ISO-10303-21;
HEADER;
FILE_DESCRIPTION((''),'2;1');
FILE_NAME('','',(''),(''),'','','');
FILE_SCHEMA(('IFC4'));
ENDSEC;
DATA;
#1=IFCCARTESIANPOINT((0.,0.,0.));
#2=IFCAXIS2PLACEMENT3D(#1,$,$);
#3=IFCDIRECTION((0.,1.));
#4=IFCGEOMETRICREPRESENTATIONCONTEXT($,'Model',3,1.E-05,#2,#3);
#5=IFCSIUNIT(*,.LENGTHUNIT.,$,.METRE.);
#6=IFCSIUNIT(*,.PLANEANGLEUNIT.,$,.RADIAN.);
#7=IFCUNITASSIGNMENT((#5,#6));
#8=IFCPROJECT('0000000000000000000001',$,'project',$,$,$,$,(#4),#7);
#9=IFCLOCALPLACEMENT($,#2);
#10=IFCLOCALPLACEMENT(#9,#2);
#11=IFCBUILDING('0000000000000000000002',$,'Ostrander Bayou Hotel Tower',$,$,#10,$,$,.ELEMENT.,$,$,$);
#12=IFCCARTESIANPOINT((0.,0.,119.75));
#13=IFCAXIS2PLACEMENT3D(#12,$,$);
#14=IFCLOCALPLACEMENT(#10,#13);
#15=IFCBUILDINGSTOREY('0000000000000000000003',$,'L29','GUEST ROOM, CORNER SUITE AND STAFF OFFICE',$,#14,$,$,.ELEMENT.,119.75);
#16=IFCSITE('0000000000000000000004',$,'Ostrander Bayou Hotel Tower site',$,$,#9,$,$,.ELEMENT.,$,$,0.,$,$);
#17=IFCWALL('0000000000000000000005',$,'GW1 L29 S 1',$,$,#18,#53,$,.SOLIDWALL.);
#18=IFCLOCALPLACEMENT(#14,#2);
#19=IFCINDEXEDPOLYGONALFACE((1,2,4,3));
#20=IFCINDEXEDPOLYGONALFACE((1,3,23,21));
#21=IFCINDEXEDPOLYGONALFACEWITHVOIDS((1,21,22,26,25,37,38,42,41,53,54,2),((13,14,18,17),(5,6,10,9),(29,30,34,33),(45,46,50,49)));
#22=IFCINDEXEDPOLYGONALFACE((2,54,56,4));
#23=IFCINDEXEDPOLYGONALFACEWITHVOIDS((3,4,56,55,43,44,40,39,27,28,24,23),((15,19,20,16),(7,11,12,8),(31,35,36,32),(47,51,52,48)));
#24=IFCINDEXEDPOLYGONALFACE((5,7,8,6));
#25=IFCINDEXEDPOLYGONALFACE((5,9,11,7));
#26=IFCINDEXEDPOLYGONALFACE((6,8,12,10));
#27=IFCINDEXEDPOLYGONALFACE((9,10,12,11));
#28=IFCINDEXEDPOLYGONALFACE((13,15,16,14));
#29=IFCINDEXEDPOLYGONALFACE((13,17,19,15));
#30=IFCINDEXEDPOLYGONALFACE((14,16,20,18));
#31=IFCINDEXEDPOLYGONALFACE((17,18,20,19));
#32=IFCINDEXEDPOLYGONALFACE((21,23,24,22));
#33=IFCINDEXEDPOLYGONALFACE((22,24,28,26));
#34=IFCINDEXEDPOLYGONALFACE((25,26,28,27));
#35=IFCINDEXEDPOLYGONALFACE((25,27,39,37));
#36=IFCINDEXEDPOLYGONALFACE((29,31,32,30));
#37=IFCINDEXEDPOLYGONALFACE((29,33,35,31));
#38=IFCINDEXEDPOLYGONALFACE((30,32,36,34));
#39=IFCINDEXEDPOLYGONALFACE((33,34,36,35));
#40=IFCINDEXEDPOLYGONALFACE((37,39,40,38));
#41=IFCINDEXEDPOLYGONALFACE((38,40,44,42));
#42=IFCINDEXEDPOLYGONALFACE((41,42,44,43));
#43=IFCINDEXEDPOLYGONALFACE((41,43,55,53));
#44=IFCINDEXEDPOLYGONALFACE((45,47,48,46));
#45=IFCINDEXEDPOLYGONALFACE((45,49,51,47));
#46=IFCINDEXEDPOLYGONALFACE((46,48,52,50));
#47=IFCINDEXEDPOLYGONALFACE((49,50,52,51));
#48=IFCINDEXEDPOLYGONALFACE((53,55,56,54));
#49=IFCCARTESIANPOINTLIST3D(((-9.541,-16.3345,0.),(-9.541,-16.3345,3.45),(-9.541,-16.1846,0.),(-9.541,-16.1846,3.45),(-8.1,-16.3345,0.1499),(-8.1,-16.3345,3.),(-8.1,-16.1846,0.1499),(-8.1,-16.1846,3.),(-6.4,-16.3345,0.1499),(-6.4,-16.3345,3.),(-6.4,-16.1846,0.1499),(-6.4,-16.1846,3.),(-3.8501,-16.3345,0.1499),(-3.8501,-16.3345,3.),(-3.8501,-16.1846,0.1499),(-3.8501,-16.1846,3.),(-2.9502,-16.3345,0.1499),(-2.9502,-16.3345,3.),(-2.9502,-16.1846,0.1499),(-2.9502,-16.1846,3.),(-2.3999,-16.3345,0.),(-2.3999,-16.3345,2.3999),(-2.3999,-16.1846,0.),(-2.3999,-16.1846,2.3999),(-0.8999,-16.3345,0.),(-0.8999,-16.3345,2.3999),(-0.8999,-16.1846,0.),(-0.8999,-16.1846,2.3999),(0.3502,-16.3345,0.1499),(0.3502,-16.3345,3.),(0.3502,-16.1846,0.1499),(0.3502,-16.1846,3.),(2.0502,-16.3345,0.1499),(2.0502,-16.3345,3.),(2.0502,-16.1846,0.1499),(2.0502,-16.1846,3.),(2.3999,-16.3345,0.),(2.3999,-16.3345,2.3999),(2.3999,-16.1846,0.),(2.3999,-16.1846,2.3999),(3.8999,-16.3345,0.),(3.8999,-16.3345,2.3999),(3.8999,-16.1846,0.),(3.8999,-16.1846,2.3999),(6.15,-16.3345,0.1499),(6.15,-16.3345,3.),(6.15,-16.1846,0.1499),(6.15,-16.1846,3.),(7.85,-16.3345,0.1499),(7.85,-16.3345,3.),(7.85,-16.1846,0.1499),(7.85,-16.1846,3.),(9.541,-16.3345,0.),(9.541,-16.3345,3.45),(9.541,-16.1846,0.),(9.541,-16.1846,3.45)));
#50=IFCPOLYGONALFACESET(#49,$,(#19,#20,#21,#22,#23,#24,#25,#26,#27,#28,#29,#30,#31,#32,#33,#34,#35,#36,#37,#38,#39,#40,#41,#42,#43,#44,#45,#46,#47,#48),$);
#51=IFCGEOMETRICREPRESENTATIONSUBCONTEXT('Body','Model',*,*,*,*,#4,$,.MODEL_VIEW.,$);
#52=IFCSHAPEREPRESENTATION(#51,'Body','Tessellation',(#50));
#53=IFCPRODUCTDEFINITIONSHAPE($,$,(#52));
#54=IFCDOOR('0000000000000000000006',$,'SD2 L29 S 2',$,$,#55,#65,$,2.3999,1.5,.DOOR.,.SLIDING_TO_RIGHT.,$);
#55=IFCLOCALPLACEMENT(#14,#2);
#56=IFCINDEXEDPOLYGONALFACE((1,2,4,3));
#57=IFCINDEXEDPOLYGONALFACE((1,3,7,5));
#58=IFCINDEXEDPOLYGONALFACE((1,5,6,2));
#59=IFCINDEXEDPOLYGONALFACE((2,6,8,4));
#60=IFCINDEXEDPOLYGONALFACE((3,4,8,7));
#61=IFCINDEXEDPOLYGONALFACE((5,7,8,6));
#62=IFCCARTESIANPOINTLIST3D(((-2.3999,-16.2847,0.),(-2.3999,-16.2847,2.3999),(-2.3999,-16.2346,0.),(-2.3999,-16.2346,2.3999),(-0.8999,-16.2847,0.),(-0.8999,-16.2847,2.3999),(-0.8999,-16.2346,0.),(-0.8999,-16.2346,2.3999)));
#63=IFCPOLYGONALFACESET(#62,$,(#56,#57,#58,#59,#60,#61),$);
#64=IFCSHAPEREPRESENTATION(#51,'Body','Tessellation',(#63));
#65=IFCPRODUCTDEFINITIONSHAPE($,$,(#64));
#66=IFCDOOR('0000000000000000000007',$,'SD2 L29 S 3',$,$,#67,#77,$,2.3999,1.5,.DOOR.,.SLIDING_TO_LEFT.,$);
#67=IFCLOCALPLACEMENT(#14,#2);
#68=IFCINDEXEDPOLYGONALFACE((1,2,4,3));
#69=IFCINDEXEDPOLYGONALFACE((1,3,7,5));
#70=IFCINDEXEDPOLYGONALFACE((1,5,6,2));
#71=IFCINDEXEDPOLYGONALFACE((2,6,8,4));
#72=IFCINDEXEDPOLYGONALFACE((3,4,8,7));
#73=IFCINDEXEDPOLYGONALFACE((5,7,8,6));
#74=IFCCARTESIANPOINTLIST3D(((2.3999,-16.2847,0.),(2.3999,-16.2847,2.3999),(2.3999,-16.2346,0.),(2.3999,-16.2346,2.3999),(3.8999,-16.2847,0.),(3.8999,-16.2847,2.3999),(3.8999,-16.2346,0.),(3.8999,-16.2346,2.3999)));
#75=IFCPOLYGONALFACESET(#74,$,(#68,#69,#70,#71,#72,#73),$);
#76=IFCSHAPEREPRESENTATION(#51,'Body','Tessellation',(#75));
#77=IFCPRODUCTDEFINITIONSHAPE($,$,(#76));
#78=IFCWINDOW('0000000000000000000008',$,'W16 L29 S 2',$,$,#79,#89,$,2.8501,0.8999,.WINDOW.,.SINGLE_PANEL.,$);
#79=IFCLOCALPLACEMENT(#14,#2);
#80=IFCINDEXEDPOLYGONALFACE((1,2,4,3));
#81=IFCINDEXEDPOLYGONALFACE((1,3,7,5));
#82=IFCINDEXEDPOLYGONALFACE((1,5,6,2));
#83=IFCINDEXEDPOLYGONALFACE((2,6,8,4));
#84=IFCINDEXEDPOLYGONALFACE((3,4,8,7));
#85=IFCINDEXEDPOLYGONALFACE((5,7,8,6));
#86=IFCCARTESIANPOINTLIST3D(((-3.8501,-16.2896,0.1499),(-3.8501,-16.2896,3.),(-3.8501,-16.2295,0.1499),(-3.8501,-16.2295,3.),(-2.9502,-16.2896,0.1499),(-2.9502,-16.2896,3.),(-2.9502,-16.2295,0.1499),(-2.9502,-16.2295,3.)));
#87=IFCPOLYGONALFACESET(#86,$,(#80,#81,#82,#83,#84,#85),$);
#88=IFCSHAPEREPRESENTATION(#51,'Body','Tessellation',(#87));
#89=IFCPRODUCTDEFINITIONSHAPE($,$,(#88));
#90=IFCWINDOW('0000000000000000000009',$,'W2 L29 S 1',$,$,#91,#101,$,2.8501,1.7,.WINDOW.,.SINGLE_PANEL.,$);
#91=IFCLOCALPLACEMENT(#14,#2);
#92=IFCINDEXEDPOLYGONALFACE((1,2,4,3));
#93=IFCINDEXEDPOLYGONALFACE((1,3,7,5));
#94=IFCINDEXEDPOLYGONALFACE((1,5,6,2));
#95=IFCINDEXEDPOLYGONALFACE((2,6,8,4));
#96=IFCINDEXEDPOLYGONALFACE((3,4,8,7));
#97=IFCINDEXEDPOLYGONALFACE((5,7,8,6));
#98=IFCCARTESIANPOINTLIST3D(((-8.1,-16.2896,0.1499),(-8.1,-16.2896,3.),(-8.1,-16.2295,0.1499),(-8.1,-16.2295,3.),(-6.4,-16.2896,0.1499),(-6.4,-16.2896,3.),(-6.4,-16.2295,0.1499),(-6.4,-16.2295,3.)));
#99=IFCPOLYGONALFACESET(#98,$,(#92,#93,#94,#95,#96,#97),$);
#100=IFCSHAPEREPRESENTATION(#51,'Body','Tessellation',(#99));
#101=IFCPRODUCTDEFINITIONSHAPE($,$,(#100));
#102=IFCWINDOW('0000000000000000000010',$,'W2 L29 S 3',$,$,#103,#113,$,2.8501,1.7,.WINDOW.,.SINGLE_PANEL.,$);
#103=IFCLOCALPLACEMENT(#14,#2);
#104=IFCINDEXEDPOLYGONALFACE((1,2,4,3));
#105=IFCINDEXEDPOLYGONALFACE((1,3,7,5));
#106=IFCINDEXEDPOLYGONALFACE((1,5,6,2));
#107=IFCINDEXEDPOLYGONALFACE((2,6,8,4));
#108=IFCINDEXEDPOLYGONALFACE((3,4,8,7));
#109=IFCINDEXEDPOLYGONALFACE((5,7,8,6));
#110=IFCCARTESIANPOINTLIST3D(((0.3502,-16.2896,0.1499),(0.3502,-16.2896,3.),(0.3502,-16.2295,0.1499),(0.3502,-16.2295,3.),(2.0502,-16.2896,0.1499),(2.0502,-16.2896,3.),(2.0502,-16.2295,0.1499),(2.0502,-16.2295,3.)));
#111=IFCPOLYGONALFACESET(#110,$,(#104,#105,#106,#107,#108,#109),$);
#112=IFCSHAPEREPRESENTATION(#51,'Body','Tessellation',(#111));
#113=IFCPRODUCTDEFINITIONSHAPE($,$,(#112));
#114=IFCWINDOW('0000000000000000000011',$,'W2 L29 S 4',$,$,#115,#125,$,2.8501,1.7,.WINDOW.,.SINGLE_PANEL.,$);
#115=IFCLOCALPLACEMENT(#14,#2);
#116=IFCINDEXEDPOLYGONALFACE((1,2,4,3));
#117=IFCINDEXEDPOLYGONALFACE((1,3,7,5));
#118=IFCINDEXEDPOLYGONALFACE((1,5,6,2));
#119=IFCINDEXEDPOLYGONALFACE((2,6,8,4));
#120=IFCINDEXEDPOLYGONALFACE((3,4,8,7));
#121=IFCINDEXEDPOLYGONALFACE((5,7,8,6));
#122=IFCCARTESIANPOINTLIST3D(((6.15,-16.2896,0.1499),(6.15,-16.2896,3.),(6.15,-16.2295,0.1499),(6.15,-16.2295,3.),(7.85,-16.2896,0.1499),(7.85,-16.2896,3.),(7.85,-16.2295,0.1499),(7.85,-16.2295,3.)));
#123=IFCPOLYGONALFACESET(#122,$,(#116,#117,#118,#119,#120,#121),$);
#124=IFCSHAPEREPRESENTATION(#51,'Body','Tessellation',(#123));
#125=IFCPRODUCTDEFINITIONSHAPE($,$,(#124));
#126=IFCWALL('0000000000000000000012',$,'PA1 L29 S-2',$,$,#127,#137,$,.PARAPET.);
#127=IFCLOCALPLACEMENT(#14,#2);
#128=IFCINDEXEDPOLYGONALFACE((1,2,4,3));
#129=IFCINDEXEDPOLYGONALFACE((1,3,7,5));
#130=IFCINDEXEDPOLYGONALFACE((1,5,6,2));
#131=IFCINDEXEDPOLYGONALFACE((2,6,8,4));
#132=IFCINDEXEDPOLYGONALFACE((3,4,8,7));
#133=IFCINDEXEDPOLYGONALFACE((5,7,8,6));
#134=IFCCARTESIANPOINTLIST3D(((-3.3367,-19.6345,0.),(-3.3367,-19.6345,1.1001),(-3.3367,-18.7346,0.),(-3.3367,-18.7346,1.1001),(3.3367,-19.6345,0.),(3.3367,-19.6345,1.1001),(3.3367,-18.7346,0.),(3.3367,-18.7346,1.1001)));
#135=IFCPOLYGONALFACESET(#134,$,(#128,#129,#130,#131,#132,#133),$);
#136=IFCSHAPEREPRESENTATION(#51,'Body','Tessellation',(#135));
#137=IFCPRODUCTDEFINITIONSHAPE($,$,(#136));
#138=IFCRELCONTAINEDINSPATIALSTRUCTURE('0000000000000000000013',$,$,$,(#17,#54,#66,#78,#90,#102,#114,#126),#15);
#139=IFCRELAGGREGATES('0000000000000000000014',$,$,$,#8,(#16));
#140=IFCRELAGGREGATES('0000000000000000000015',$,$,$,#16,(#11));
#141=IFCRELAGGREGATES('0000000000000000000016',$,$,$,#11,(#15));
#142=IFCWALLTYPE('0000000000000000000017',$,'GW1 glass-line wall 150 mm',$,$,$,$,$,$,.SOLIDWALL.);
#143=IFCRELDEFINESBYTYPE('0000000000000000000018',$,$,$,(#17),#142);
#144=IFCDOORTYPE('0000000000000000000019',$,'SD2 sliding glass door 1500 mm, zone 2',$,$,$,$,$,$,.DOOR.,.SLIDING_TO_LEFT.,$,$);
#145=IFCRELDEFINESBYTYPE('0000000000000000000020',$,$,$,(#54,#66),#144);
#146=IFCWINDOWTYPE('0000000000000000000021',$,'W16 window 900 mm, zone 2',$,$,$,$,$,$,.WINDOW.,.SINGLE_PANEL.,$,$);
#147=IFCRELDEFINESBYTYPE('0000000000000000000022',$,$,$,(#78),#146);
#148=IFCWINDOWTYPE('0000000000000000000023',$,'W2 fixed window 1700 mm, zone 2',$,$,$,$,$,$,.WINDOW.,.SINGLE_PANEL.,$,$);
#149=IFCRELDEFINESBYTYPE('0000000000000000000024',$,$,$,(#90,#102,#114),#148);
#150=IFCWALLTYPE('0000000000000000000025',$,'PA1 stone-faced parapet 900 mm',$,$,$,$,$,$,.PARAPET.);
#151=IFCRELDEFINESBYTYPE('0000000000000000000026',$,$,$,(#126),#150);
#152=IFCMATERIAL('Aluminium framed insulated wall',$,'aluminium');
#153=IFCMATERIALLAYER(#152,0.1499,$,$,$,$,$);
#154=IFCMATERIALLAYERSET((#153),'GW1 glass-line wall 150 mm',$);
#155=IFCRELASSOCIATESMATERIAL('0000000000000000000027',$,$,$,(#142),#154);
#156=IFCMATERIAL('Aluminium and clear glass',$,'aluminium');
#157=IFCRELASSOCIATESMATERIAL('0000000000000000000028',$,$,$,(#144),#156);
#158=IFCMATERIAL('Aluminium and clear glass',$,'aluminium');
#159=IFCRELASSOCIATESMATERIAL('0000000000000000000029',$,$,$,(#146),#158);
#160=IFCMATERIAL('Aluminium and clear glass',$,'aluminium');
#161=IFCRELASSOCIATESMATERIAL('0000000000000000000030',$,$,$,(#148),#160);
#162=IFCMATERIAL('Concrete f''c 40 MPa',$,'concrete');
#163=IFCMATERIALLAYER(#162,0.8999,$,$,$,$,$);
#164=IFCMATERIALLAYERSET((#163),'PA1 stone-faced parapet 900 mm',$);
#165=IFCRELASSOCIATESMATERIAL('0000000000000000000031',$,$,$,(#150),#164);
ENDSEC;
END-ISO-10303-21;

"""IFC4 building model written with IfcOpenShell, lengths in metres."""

from ifc_helpers import new_model, si_unit, direction, frame, frame_2d, origin, place, context, subcontext, project, spatial, rectangle, extrude, material, layer, layer_set, type_object, element, fill, save


model = new_model("IFC4")

# Units and contexts
model_context = context("Model", 3, precision=1e-05, world=origin(), true_north=direction((0.0, 1.0)))
body_context = subcontext(model_context, "Body", "Model", "MODEL_VIEW")
ifc_project = project(units=[si_unit("LENGTHUNIT", "METRE"), si_unit("PLANEANGLEUNIT", "RADIAN")], contexts=[model_context])

# Site, building, storey
site_placement = place(None, origin())
site = spatial("IfcSite", under=ifc_project, at=site_placement, Name="Ostrander Bayou Hotel Tower site", CompositionType="ELEMENT", RefElevation=0.0)
building_placement = place(site_placement, origin())
building = spatial("IfcBuilding", under=site, at=building_placement, Name="Ostrander Bayou Hotel Tower", CompositionType="ELEMENT")
storey_placement = place(building_placement, frame((0.0, 0.0, 119.75)))
storey = spatial("IfcBuildingStorey", under=building, at=storey_placement, Name="L29", Description="GUEST ROOM, CORNER SUITE AND STAFF OFFICE", CompositionType="ELEMENT", Elevation=119.75)

# Wall, openings, doors, windows
ifc_material_1 = material(Name="Aluminium framed insulated wall", Category="aluminium")
ifc_layer_1 = layer(ifc_material_1, 0.1499)
ifc_layer_set_1 = layer_set([ifc_layer_1], Name="GW1 glass-line wall 150 mm")
wall_type_1 = type_object("IfcWallType", Name="GW1 glass-line wall 150 mm", PredefinedType="SOLIDWALL", material=ifc_layer_set_1)
wall_1_placement = place(storey_placement, frame((-9.541, -16.2595, 0.0), z_axis=(0.0, 0.0, 1.0), x_axis=(1.0, 0.0, 0.0)))
wall_1 = element("IfcWall", 1, at=wall_1_placement, inside=storey, type_object=wall_type_1, Name="GW1 L29 S 1", PredefinedType="SOLIDWALL", context=body_context, shape_type="SweptSolid", body=[
    extrude(rectangle(XDim=19.082, YDim=0.1499, at=frame_2d((9.541, 0.0))), origin(), (0.0, 0.0, 1.0), 3.45),
])
opening_1_placement = place(wall_1_placement, frame((1.4409, 0.0, 0.1499)))
opening_1 = element("IfcOpeningElement", 2, at=opening_1_placement, cuts=wall_1, PredefinedType="OPENING", context=body_context, shape_type="SweptSolid", body=[
    extrude(rectangle(XDim=1.7, YDim=2.8501, at=frame_2d((0.8501, 1.425))), frame((0.0, 0.075, 0.0), z_axis=(0.0, -1.0, 0.0), x_axis=(1.0, 0.0, 0.0)), (0.0, 0.0, 1.0), 0.1499),
])
opening_2_placement = place(wall_1_placement, frame((5.6909, 0.0, 0.1499)))
opening_2 = element("IfcOpeningElement", 3, at=opening_2_placement, cuts=wall_1, PredefinedType="OPENING", context=body_context, shape_type="SweptSolid", body=[
    extrude(rectangle(XDim=0.8999, YDim=2.8501, at=frame_2d((0.45, 1.425))), frame((0.0, 0.075, 0.0), z_axis=(0.0, -1.0, 0.0), x_axis=(1.0, 0.0, 0.0)), (0.0, 0.0, 1.0), 0.1499),
])
opening_3_placement = place(wall_1_placement, frame((7.1411, 0.0, 0.0)))
opening_3 = element("IfcOpeningElement", 4, at=opening_3_placement, cuts=wall_1, PredefinedType="OPENING", context=body_context, shape_type="SweptSolid", body=[
    extrude(rectangle(XDim=1.5, YDim=2.3999, at=frame_2d((0.75, 1.2))), frame((0.0, 0.075, 0.0), z_axis=(0.0, -1.0, 0.0), x_axis=(1.0, 0.0, 0.0)), (0.0, 0.0, 1.0), 0.1499),
])
opening_4_placement = place(wall_1_placement, frame((9.8911, 0.0, 0.1499)))
opening_4 = element("IfcOpeningElement", 5, at=opening_4_placement, cuts=wall_1, PredefinedType="OPENING", context=body_context, shape_type="SweptSolid", body=[
    extrude(rectangle(XDim=1.7, YDim=2.8501, at=frame_2d((0.8501, 1.425))), frame((0.0, 0.075, 0.0), z_axis=(0.0, -1.0, 0.0), x_axis=(1.0, 0.0, 0.0)), (0.0, 0.0, 1.0), 0.1499),
])
opening_5_placement = place(wall_1_placement, frame((11.9409, 0.0, 0.0)))
opening_5 = element("IfcOpeningElement", 6, at=opening_5_placement, cuts=wall_1, PredefinedType="OPENING", context=body_context, shape_type="SweptSolid", body=[
    extrude(rectangle(XDim=1.5, YDim=2.3999, at=frame_2d((0.75, 1.2))), frame((0.0, 0.075, 0.0), z_axis=(0.0, -1.0, 0.0), x_axis=(1.0, 0.0, 0.0)), (0.0, 0.0, 1.0), 0.1499),
])
opening_6_placement = place(wall_1_placement, frame((15.6909, 0.0, 0.1499)))
opening_6 = element("IfcOpeningElement", 7, at=opening_6_placement, cuts=wall_1, PredefinedType="OPENING", context=body_context, shape_type="SweptSolid", body=[
    extrude(rectangle(XDim=1.7, YDim=2.8501, at=frame_2d((0.8501, 1.425))), frame((0.0, 0.075, 0.0), z_axis=(0.0, -1.0, 0.0), x_axis=(1.0, 0.0, 0.0)), (0.0, 0.0, 1.0), 0.1499),
])
ifc_material_2 = material(Name="Aluminium and clear glass", Category="aluminium")
door_type_1 = type_object("IfcDoorType", Name="SD2 sliding glass door 1500 mm, zone 2", OperationType="SLIDING_TO_LEFT", PredefinedType="DOOR", material=ifc_material_2)
door_1_placement = place(opening_3_placement, origin())
door_1 = element("IfcDoor", 8, at=door_1_placement, inside=storey, type_object=door_type_1, Name="SD2 L29 S 2", OperationType="SLIDING_TO_RIGHT", OverallHeight=2.3999, OverallWidth=1.5, PredefinedType="DOOR", context=body_context, shape_type="SweptSolid", body=[
    extrude(rectangle(XDim=1.5, YDim=2.3999, at=frame_2d((0.75, 1.2))), frame((0.0, 0.0249, 0.0), z_axis=(0.0, -1.0, 0.0), x_axis=(1.0, 0.0, 0.0)), (0.0, 0.0, 1.0), 0.05),
])
fill(opening_3, door_1)
door_2_placement = place(opening_5_placement, origin())
door_2 = element("IfcDoor", 9, at=door_2_placement, inside=storey, type_object=door_type_1, Name="SD2 L29 S 3", OperationType="SLIDING_TO_LEFT", OverallHeight=2.3999, OverallWidth=1.5, PredefinedType="DOOR", context=body_context, shape_type="SweptSolid", body=[
    extrude(rectangle(XDim=1.5, YDim=2.3999, at=frame_2d((0.75, 1.2))), frame((0.0, 0.0249, 0.0), z_axis=(0.0, -1.0, 0.0), x_axis=(1.0, 0.0, 0.0)), (0.0, 0.0, 1.0), 0.05),
])
fill(opening_5, door_2)
ifc_material_3 = material(Name="Aluminium and clear glass", Category="aluminium")
window_type_1 = type_object("IfcWindowType", Name="W16 window 900 mm, zone 2", PartitioningType="SINGLE_PANEL", PredefinedType="WINDOW", material=ifc_material_3)
window_1_placement = place(opening_2_placement, origin())
window_1 = element("IfcWindow", 10, at=window_1_placement, inside=storey, type_object=window_type_1, Name="W16 L29 S 2", OverallHeight=2.8501, OverallWidth=0.8999, PartitioningType="SINGLE_PANEL", PredefinedType="WINDOW", context=body_context, shape_type="SweptSolid", body=[
    extrude(rectangle(XDim=0.8999, YDim=2.8501, at=frame_2d((0.45, 1.425))), frame((0.0, 0.03, 0.0), z_axis=(0.0, -1.0, 0.0), x_axis=(1.0, 0.0, 0.0)), (0.0, 0.0, 1.0), 0.0601),
])
fill(opening_2, window_1)
ifc_material_4 = material(Name="Aluminium and clear glass", Category="aluminium")
window_type_2 = type_object("IfcWindowType", Name="W2 fixed window 1700 mm, zone 2", PartitioningType="SINGLE_PANEL", PredefinedType="WINDOW", material=ifc_material_4)
window_2_placement = place(opening_1_placement, origin())
window_2 = element("IfcWindow", 11, at=window_2_placement, inside=storey, type_object=window_type_2, Name="W2 L29 S 1", OverallHeight=2.8501, OverallWidth=1.7, PartitioningType="SINGLE_PANEL", PredefinedType="WINDOW", context=body_context, shape_type="SweptSolid", body=[
    extrude(rectangle(XDim=1.7, YDim=2.8501, at=frame_2d((0.8501, 1.425))), frame((0.0, 0.03, 0.0), z_axis=(0.0, -1.0, 0.0), x_axis=(1.0, 0.0, 0.0)), (0.0, 0.0, 1.0), 0.0601),
])
fill(opening_1, window_2)
window_3_placement = place(opening_4_placement, origin())
window_3 = element("IfcWindow", 12, at=window_3_placement, inside=storey, type_object=window_type_2, Name="W2 L29 S 3", OverallHeight=2.8501, OverallWidth=1.7, PartitioningType="SINGLE_PANEL", PredefinedType="WINDOW", context=body_context, shape_type="SweptSolid", body=[
    extrude(rectangle(XDim=1.7, YDim=2.8501, at=frame_2d((0.8501, 1.425))), frame((0.0, 0.03, 0.0), z_axis=(0.0, -1.0, 0.0), x_axis=(1.0, 0.0, 0.0)), (0.0, 0.0, 1.0), 0.0601),
])
fill(opening_4, window_3)
window_4_placement = place(opening_6_placement, origin())
window_4 = element("IfcWindow", 13, at=window_4_placement, inside=storey, type_object=window_type_2, Name="W2 L29 S 4", OverallHeight=2.8501, OverallWidth=1.7, PartitioningType="SINGLE_PANEL", PredefinedType="WINDOW", context=body_context, shape_type="SweptSolid", body=[
    extrude(rectangle(XDim=1.7, YDim=2.8501, at=frame_2d((0.8501, 1.425))), frame((0.0, 0.03, 0.0), z_axis=(0.0, -1.0, 0.0), x_axis=(1.0, 0.0, 0.0)), (0.0, 0.0, 1.0), 0.0601),
])
fill(opening_6, window_4)

# Wall
ifc_material_5 = material(Name="Concrete f'c 40 MPa", Category="concrete")
ifc_layer_2 = layer(ifc_material_5, 0.8999)
ifc_layer_set_2 = layer_set([ifc_layer_2], Name="PA1 stone-faced parapet 900 mm")
wall_type_2 = type_object("IfcWallType", Name="PA1 stone-faced parapet 900 mm", PredefinedType="PARAPET", material=ifc_layer_set_2)
wall_2_placement = place(storey_placement, frame((-3.3367, -19.1846, 0.0), z_axis=(0.0, 0.0, 1.0), x_axis=(1.0, 0.0, 0.0)))
element("IfcWall", 14, at=wall_2_placement, inside=storey, type_object=wall_type_2, Name="PA1 L29 S-2", PredefinedType="PARAPET", context=body_context, shape_type="SweptSolid", body=[
    extrude(rectangle(XDim=6.6733, YDim=0.8999, at=frame_2d((3.3367, 0.0))), origin(), (0.0, 0.0, 1.0), 1.1001),
])

save(model, "model.ifc")
